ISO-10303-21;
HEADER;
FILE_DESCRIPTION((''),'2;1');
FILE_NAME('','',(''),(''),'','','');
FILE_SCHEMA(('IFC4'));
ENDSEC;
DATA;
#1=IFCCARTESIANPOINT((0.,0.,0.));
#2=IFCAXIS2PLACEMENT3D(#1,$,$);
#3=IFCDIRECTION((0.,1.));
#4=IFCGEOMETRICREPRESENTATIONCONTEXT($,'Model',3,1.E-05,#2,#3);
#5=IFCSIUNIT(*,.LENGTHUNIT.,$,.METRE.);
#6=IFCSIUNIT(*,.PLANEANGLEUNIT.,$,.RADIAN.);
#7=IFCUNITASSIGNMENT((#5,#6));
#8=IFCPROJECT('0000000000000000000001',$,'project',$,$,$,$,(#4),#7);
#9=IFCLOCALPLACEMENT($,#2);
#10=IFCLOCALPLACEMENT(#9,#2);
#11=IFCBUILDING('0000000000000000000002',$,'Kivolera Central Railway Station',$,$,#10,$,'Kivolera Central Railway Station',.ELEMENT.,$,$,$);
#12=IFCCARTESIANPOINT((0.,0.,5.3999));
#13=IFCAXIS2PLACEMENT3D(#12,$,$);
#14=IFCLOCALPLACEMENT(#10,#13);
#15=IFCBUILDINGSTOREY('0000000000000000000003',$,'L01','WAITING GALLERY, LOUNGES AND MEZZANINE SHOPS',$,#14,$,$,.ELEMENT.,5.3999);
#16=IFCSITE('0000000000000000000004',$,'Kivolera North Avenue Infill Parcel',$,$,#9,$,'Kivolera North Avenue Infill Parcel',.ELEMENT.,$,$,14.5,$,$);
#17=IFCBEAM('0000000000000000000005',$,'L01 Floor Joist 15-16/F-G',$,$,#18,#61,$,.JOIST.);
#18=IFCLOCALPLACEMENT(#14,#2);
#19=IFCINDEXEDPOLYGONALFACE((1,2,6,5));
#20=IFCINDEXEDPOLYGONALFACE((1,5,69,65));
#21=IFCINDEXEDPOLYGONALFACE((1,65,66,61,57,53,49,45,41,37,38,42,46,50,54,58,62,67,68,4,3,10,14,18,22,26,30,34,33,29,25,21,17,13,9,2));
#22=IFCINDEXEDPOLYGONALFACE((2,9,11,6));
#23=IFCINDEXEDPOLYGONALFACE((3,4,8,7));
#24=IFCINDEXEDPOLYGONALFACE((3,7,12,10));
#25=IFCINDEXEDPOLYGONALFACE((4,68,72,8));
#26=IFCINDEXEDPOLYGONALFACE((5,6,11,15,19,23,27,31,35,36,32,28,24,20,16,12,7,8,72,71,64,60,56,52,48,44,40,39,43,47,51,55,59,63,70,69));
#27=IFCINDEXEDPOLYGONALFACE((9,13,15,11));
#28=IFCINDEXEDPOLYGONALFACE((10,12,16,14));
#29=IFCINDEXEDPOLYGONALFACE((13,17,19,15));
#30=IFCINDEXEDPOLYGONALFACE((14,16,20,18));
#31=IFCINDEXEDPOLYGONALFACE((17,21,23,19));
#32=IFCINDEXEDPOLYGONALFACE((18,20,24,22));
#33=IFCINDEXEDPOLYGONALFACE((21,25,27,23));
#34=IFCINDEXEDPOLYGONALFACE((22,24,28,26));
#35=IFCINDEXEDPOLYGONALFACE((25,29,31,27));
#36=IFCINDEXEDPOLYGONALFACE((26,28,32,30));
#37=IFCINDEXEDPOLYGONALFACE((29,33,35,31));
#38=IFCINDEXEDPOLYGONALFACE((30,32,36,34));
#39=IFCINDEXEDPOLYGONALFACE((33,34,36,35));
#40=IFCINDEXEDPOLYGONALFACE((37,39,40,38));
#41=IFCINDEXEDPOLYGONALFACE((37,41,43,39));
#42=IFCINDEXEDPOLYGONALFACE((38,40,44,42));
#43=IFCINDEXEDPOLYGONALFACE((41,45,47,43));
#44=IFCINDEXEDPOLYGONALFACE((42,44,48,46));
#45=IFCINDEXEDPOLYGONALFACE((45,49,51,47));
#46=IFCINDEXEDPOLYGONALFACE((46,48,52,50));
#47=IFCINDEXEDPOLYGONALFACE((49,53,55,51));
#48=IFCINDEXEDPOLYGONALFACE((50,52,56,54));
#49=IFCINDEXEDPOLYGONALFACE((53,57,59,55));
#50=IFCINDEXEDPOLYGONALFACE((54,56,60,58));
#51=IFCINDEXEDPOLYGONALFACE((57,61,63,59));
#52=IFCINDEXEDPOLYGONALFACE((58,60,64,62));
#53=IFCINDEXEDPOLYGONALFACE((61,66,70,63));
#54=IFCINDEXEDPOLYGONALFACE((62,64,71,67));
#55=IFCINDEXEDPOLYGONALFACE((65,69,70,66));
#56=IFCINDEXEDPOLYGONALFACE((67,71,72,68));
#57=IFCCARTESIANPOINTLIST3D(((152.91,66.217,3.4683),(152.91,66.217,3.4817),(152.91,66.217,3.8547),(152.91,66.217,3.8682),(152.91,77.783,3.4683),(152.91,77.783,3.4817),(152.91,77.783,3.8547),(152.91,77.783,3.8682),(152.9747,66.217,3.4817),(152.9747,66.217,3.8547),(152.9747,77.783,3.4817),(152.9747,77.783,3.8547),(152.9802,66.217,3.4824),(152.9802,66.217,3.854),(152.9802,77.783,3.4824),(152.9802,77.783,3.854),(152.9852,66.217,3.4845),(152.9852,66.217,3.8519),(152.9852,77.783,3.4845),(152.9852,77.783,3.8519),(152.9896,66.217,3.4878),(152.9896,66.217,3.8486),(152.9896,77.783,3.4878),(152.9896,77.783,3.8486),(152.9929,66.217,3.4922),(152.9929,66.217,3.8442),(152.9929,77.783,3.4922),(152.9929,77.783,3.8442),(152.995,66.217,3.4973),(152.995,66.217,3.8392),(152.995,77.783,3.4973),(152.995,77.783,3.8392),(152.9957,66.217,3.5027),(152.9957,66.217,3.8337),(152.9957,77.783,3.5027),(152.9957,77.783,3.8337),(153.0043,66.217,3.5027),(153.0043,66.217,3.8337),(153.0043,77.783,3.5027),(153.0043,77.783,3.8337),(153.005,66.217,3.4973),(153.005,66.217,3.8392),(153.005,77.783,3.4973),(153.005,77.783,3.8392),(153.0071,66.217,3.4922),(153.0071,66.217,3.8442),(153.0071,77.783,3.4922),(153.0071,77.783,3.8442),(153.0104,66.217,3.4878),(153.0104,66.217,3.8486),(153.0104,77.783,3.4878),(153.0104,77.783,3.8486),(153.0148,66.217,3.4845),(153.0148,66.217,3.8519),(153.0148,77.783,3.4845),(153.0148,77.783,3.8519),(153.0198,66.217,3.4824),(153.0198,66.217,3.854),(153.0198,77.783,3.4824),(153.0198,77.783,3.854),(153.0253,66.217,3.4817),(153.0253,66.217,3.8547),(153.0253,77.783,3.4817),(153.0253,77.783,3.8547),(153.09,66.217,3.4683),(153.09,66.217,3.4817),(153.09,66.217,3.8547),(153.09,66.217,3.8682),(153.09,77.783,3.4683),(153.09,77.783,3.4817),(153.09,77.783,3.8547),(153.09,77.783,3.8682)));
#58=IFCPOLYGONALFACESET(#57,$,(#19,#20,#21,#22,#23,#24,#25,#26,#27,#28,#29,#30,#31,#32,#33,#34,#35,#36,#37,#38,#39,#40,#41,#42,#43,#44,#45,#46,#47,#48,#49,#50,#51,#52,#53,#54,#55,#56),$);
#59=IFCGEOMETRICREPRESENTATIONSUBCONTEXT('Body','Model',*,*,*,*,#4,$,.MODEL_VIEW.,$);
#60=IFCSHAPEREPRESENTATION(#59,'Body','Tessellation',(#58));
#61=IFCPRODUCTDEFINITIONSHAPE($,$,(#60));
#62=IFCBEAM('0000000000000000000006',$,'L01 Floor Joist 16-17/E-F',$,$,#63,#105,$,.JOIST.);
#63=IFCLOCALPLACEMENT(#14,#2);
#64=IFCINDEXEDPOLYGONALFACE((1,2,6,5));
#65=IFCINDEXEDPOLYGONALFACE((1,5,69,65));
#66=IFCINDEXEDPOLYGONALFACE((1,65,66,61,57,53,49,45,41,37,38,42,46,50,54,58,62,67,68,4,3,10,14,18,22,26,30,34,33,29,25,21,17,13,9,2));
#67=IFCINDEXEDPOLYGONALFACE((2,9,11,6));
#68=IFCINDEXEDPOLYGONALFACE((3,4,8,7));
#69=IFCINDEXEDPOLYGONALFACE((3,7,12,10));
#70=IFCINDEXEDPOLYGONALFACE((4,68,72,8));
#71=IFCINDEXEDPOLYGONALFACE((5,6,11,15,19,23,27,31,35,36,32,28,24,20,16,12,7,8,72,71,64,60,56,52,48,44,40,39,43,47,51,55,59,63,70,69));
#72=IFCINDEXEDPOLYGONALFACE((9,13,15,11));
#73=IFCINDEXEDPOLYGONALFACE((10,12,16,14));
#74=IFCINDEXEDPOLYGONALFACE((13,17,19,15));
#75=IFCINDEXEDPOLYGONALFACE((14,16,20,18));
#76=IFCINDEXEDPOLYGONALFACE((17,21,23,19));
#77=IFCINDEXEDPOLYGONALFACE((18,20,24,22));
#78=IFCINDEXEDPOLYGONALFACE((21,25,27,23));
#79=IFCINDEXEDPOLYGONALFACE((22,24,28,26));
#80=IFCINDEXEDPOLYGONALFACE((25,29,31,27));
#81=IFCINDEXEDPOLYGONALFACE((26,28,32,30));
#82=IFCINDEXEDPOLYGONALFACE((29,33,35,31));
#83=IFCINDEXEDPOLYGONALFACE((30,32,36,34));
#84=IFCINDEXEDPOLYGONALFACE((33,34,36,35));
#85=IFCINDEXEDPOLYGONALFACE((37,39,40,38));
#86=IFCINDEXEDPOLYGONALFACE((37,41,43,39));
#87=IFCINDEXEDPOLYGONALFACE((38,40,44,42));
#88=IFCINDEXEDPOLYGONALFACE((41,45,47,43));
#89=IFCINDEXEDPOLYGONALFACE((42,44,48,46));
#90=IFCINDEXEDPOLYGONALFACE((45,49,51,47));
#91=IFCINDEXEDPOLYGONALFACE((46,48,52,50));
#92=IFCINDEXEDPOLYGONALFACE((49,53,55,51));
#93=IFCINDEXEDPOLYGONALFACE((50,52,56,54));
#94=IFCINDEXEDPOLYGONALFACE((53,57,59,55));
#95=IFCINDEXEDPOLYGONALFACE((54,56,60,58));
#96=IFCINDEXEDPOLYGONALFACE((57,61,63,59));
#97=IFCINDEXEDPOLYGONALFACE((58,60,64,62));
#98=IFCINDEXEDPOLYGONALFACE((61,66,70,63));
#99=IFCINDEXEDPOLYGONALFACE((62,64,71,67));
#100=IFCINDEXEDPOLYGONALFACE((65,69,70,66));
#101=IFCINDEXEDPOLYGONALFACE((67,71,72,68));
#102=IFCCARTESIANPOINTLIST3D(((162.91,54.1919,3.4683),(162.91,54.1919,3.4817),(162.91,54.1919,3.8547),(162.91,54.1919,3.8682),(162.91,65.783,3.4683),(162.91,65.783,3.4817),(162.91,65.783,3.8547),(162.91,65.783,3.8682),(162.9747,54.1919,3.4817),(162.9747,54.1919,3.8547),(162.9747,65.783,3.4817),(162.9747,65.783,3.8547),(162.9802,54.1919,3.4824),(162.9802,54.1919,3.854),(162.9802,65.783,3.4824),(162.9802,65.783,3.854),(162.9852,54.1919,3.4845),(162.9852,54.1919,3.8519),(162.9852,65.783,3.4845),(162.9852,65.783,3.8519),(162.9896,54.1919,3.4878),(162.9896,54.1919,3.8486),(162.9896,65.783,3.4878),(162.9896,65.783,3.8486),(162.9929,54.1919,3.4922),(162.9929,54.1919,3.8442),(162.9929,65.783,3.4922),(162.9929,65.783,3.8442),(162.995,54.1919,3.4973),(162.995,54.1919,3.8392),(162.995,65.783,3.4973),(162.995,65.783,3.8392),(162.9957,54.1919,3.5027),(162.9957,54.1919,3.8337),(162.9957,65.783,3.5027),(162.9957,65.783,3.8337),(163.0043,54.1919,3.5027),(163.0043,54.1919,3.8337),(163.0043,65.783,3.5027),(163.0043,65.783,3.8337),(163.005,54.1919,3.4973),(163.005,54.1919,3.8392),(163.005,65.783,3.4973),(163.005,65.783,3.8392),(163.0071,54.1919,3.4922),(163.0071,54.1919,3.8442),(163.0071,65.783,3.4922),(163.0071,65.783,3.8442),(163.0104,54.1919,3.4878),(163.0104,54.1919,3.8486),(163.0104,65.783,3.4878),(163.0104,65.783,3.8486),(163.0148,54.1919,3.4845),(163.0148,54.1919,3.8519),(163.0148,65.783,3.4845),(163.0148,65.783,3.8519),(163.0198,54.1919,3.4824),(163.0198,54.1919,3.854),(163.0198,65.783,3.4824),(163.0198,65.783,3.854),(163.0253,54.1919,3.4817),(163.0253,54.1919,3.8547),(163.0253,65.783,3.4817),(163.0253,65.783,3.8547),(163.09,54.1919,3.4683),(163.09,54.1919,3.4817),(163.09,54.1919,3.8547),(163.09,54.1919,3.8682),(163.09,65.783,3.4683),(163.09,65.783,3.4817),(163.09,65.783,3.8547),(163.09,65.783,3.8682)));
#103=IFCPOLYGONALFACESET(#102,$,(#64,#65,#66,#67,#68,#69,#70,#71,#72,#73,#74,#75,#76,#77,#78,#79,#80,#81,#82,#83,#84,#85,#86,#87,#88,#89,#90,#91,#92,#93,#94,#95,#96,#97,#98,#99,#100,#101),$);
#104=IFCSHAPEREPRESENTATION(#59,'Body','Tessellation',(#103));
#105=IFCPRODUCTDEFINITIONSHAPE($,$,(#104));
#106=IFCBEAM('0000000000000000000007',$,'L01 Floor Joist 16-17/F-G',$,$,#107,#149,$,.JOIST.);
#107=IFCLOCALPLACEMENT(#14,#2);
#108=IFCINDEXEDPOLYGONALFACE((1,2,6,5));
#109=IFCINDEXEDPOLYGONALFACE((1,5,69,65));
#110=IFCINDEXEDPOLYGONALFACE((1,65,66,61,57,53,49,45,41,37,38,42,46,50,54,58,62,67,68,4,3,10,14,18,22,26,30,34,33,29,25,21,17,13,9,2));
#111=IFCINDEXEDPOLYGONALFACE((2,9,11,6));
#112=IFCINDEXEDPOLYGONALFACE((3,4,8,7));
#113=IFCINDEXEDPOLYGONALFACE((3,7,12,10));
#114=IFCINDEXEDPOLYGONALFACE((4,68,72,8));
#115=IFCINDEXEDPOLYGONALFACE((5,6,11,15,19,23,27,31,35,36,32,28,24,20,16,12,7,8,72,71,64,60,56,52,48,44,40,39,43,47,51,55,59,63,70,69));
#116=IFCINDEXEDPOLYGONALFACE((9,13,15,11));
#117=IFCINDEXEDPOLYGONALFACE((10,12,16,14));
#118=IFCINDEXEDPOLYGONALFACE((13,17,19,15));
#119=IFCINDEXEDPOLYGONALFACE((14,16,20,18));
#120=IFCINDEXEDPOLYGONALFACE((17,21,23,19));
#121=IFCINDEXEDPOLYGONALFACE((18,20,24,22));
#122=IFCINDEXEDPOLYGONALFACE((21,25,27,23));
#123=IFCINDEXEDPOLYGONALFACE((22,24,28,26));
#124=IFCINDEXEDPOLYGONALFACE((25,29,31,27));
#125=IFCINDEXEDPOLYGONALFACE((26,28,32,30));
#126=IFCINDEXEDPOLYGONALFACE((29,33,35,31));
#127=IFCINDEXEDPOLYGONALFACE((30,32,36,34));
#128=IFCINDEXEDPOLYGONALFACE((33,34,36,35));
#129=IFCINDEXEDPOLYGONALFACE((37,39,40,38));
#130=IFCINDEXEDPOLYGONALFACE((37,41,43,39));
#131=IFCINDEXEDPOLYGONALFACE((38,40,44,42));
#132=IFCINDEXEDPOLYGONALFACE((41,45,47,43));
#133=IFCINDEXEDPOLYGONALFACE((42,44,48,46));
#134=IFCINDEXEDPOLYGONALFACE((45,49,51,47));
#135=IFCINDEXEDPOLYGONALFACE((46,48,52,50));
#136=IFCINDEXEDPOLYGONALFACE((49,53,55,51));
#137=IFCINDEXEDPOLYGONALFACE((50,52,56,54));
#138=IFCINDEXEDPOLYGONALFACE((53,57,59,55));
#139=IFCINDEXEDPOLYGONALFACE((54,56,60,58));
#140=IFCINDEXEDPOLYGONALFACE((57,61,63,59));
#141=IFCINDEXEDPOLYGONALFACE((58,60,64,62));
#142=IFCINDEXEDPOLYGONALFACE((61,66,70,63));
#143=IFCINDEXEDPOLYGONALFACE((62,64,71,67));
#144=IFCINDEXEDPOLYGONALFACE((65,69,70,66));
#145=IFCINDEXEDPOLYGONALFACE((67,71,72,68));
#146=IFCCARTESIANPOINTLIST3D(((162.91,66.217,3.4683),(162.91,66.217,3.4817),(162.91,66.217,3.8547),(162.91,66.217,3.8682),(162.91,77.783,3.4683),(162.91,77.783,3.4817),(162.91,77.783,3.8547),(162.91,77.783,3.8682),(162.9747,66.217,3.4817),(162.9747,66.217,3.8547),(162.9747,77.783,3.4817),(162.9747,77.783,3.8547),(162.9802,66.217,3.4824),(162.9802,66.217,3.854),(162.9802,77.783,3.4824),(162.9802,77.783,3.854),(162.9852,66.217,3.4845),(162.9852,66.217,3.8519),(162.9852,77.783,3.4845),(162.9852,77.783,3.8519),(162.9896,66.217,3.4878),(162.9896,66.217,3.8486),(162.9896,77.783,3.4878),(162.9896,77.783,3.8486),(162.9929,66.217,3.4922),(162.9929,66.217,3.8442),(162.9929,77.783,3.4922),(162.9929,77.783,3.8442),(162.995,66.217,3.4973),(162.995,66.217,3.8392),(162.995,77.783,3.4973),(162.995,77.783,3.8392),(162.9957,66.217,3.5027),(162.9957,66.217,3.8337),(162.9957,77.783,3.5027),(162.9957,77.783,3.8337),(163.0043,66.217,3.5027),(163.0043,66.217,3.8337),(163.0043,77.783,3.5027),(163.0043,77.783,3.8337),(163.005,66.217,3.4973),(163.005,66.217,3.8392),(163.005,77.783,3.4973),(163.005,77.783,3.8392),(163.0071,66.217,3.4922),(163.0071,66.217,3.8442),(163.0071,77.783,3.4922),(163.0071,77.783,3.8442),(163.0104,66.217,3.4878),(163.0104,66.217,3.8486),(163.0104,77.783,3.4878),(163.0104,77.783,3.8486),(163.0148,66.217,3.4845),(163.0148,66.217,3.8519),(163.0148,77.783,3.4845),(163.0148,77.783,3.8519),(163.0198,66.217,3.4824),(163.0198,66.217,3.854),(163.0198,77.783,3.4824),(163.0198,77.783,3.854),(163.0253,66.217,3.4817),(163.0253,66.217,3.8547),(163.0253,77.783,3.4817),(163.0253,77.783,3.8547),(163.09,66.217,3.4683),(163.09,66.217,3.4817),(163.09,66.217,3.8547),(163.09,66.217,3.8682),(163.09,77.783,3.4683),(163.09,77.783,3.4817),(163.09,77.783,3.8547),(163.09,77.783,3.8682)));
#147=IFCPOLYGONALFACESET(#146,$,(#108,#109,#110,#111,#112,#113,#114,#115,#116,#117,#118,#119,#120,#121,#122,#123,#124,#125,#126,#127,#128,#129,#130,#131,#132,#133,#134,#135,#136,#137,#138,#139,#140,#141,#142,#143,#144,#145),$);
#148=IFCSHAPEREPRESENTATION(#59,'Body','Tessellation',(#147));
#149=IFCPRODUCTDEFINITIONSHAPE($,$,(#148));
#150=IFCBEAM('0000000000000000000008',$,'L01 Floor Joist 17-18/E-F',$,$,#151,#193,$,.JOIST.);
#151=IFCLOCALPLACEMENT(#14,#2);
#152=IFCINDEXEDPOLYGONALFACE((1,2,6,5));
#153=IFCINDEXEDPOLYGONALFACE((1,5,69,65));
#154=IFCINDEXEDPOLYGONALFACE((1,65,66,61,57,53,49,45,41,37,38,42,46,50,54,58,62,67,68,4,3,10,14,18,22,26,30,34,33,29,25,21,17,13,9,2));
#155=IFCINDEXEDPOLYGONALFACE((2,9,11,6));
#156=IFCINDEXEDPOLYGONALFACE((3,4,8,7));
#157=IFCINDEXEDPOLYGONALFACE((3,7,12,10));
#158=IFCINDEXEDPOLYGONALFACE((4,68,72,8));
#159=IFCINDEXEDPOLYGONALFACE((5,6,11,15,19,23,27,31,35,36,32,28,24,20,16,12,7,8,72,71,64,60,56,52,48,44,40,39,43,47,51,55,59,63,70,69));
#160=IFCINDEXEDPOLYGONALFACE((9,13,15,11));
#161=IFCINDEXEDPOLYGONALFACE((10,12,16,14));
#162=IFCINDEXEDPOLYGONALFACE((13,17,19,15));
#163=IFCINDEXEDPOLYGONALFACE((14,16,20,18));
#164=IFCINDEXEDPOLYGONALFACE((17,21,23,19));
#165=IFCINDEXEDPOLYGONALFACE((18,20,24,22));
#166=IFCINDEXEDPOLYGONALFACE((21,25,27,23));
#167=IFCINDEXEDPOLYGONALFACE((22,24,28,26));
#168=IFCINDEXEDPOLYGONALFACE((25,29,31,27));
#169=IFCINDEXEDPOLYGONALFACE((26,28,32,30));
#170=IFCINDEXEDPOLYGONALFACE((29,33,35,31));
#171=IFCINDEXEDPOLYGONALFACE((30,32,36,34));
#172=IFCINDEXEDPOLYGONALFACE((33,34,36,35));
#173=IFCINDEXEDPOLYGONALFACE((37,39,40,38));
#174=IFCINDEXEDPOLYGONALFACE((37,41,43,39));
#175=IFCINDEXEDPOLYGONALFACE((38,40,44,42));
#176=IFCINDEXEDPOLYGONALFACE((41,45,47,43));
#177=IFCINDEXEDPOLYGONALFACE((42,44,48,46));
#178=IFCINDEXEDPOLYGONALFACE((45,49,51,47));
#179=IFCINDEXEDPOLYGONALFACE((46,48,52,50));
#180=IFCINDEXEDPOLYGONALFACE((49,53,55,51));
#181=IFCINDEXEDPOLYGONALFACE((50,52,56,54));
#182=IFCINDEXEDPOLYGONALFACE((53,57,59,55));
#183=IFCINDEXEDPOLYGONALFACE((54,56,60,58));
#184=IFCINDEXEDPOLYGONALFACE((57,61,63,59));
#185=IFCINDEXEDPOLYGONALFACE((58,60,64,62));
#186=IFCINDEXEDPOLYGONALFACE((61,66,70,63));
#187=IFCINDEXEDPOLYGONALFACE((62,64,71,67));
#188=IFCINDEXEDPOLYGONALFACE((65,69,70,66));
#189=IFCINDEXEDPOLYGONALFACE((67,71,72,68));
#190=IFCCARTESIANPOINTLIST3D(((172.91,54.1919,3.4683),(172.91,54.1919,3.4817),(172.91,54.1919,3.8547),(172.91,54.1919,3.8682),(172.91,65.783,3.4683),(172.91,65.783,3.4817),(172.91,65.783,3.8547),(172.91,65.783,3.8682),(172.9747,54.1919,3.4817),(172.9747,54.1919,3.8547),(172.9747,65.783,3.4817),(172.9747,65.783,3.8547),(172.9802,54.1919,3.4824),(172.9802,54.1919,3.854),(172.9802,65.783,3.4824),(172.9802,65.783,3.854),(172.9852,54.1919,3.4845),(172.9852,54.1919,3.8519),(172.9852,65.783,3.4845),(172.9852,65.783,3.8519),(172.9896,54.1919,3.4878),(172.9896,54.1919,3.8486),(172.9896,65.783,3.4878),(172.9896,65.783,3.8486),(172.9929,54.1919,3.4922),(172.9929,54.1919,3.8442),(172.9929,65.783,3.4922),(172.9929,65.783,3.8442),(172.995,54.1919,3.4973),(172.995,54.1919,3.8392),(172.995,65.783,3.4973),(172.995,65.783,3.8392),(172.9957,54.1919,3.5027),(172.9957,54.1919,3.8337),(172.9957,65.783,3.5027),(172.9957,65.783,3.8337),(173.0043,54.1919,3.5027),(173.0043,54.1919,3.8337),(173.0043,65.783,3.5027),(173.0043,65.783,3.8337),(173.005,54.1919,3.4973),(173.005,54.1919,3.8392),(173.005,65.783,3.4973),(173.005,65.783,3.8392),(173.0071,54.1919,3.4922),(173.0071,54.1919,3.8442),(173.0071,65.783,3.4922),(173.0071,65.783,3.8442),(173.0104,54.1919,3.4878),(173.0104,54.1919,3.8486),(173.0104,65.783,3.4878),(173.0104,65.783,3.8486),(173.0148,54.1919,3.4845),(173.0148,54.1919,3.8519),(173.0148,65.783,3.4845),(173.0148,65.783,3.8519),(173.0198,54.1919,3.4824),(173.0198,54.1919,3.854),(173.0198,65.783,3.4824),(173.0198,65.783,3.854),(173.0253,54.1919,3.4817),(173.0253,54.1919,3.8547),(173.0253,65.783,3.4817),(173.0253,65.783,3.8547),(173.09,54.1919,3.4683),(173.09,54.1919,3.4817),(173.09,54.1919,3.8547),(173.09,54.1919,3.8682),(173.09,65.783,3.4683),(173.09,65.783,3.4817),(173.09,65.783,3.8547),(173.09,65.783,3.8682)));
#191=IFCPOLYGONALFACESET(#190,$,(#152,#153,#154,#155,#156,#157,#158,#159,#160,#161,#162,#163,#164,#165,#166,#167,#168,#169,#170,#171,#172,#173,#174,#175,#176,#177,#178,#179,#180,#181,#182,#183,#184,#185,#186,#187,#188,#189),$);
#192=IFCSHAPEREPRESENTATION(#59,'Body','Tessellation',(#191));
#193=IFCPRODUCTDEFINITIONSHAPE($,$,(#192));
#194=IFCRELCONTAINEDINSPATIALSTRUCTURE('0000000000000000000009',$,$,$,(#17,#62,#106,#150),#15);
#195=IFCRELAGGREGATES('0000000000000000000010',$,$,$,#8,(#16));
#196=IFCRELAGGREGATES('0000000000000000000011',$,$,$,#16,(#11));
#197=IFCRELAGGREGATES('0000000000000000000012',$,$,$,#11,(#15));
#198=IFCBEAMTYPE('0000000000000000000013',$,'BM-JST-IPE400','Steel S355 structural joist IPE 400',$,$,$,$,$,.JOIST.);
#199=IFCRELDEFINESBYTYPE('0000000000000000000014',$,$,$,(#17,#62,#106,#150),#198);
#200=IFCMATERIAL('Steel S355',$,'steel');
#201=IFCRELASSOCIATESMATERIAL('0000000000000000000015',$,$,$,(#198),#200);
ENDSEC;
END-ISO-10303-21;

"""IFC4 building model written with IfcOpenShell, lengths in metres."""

from ifc_helpers import new_model, si_unit, direction, frame, origin, origin_2d, place, context, subcontext, project, spatial, i_section, extrude, material, material_profile, profile_set, type_object, element, save


model = new_model("IFC4")

# Units and contexts
model_context = context("Model", 3, precision=1e-05, world=origin(), true_north=direction((0.0, 1.0)))
body_context = subcontext(model_context, "Body", "Model", "MODEL_VIEW")
ifc_project = project(units=[si_unit("LENGTHUNIT", "METRE"), si_unit("PLANEANGLEUNIT", "RADIAN")], contexts=[model_context])

# Site, building, storey
site_placement = place(None, origin())
site = spatial("IfcSite", under=ifc_project, at=site_placement, Name="Kivolera North Avenue Infill Parcel", LongName="Kivolera North Avenue Infill Parcel", CompositionType="ELEMENT", RefElevation=14.5)
building_placement = place(site_placement, origin())
building = spatial("IfcBuilding", under=site, at=building_placement, Name="Kivolera Central Railway Station", LongName="Kivolera Central Railway Station", CompositionType="ELEMENT")
storey_placement = place(building_placement, frame((0.0, 0.0, 5.3999)))
storey = spatial("IfcBuildingStorey", under=building, at=storey_placement, Name="L01", Description="WAITING GALLERY, LOUNGES AND MEZZANINE SHOPS", CompositionType="ELEMENT", Elevation=5.3999)

# Beams
ifc_material_1 = material(Name="Steel S355", Category="steel")
ifc_material_profile_1 = material_profile(ifc_material_1, i_section(OverallWidth=0.1799, OverallDepth=0.3999, WebThickness=0.0085, FlangeThickness=0.0134, FilletRadius=0.021, at=origin_2d()), Name="IPE 400")
ifc_profile_set_1 = profile_set([ifc_material_profile_1], Name="Steel S355")
beam_type_1 = type_object("IfcBeamType", Name="BM-JST-IPE400", Description="Steel S355 structural joist IPE 400", PredefinedType="JOIST", material=ifc_profile_set_1)
beam_1_placement = place(storey_placement, frame((153.0, 66.217, 3.6682), z_axis=(0.0, 1.0, 0.0), x_axis=(-1.0, 0.0, 0.0)))
element("IfcBeam", 1, at=beam_1_placement, inside=storey, type_object=beam_type_1, Name="L01 Floor Joist 15-16/F-G", PredefinedType="JOIST", context=body_context, shape_type="SweptSolid", body=[
    extrude(i_section(OverallWidth=0.1799, OverallDepth=0.3999, WebThickness=0.0085, FlangeThickness=0.0134, FilletRadius=0.021, at=origin_2d()), origin(), (0.0, 0.0, 1.0), 11.5659),
])
beam_2_placement = place(storey_placement, frame((163.0, 54.1919, 3.6682), z_axis=(0.0, 1.0, 0.0), x_axis=(-1.0, 0.0, 0.0)))
element("IfcBeam", 2, at=beam_2_placement, inside=storey, type_object=beam_type_1, Name="L01 Floor Joist 16-17/E-F", PredefinedType="JOIST", context=body_context, shape_type="SweptSolid", body=[
    extrude(i_section(OverallWidth=0.1799, OverallDepth=0.3999, WebThickness=0.0085, FlangeThickness=0.0134, FilletRadius=0.021, at=origin_2d()), origin(), (0.0, 0.0, 1.0), 11.5911),
])
beam_3_placement = place(storey_placement, frame((163.0, 66.217, 3.6682), z_axis=(0.0, 1.0, 0.0), x_axis=(-1.0, 0.0, 0.0)))
element("IfcBeam", 3, at=beam_3_placement, inside=storey, type_object=beam_type_1, Name="L01 Floor Joist 16-17/F-G", PredefinedType="JOIST", context=body_context, shape_type="SweptSolid", body=[
    extrude(i_section(OverallWidth=0.1799, OverallDepth=0.3999, WebThickness=0.0085, FlangeThickness=0.0134, FilletRadius=0.021, at=origin_2d()), origin(), (0.0, 0.0, 1.0), 11.5659),
])
beam_4_placement = place(storey_placement, frame((173.0, 54.1919, 3.6682), z_axis=(0.0, 1.0, 0.0), x_axis=(-1.0, 0.0, 0.0)))
element("IfcBeam", 4, at=beam_4_placement, inside=storey, type_object=beam_type_1, Name="L01 Floor Joist 17-18/E-F", PredefinedType="JOIST", context=body_context, shape_type="SweptSolid", body=[
    extrude(i_section(OverallWidth=0.1799, OverallDepth=0.3999, WebThickness=0.0085, FlangeThickness=0.0134, FilletRadius=0.021, at=origin_2d()), origin(), (0.0, 0.0, 1.0), 11.5911),
])

save(model, "model.ifc")
